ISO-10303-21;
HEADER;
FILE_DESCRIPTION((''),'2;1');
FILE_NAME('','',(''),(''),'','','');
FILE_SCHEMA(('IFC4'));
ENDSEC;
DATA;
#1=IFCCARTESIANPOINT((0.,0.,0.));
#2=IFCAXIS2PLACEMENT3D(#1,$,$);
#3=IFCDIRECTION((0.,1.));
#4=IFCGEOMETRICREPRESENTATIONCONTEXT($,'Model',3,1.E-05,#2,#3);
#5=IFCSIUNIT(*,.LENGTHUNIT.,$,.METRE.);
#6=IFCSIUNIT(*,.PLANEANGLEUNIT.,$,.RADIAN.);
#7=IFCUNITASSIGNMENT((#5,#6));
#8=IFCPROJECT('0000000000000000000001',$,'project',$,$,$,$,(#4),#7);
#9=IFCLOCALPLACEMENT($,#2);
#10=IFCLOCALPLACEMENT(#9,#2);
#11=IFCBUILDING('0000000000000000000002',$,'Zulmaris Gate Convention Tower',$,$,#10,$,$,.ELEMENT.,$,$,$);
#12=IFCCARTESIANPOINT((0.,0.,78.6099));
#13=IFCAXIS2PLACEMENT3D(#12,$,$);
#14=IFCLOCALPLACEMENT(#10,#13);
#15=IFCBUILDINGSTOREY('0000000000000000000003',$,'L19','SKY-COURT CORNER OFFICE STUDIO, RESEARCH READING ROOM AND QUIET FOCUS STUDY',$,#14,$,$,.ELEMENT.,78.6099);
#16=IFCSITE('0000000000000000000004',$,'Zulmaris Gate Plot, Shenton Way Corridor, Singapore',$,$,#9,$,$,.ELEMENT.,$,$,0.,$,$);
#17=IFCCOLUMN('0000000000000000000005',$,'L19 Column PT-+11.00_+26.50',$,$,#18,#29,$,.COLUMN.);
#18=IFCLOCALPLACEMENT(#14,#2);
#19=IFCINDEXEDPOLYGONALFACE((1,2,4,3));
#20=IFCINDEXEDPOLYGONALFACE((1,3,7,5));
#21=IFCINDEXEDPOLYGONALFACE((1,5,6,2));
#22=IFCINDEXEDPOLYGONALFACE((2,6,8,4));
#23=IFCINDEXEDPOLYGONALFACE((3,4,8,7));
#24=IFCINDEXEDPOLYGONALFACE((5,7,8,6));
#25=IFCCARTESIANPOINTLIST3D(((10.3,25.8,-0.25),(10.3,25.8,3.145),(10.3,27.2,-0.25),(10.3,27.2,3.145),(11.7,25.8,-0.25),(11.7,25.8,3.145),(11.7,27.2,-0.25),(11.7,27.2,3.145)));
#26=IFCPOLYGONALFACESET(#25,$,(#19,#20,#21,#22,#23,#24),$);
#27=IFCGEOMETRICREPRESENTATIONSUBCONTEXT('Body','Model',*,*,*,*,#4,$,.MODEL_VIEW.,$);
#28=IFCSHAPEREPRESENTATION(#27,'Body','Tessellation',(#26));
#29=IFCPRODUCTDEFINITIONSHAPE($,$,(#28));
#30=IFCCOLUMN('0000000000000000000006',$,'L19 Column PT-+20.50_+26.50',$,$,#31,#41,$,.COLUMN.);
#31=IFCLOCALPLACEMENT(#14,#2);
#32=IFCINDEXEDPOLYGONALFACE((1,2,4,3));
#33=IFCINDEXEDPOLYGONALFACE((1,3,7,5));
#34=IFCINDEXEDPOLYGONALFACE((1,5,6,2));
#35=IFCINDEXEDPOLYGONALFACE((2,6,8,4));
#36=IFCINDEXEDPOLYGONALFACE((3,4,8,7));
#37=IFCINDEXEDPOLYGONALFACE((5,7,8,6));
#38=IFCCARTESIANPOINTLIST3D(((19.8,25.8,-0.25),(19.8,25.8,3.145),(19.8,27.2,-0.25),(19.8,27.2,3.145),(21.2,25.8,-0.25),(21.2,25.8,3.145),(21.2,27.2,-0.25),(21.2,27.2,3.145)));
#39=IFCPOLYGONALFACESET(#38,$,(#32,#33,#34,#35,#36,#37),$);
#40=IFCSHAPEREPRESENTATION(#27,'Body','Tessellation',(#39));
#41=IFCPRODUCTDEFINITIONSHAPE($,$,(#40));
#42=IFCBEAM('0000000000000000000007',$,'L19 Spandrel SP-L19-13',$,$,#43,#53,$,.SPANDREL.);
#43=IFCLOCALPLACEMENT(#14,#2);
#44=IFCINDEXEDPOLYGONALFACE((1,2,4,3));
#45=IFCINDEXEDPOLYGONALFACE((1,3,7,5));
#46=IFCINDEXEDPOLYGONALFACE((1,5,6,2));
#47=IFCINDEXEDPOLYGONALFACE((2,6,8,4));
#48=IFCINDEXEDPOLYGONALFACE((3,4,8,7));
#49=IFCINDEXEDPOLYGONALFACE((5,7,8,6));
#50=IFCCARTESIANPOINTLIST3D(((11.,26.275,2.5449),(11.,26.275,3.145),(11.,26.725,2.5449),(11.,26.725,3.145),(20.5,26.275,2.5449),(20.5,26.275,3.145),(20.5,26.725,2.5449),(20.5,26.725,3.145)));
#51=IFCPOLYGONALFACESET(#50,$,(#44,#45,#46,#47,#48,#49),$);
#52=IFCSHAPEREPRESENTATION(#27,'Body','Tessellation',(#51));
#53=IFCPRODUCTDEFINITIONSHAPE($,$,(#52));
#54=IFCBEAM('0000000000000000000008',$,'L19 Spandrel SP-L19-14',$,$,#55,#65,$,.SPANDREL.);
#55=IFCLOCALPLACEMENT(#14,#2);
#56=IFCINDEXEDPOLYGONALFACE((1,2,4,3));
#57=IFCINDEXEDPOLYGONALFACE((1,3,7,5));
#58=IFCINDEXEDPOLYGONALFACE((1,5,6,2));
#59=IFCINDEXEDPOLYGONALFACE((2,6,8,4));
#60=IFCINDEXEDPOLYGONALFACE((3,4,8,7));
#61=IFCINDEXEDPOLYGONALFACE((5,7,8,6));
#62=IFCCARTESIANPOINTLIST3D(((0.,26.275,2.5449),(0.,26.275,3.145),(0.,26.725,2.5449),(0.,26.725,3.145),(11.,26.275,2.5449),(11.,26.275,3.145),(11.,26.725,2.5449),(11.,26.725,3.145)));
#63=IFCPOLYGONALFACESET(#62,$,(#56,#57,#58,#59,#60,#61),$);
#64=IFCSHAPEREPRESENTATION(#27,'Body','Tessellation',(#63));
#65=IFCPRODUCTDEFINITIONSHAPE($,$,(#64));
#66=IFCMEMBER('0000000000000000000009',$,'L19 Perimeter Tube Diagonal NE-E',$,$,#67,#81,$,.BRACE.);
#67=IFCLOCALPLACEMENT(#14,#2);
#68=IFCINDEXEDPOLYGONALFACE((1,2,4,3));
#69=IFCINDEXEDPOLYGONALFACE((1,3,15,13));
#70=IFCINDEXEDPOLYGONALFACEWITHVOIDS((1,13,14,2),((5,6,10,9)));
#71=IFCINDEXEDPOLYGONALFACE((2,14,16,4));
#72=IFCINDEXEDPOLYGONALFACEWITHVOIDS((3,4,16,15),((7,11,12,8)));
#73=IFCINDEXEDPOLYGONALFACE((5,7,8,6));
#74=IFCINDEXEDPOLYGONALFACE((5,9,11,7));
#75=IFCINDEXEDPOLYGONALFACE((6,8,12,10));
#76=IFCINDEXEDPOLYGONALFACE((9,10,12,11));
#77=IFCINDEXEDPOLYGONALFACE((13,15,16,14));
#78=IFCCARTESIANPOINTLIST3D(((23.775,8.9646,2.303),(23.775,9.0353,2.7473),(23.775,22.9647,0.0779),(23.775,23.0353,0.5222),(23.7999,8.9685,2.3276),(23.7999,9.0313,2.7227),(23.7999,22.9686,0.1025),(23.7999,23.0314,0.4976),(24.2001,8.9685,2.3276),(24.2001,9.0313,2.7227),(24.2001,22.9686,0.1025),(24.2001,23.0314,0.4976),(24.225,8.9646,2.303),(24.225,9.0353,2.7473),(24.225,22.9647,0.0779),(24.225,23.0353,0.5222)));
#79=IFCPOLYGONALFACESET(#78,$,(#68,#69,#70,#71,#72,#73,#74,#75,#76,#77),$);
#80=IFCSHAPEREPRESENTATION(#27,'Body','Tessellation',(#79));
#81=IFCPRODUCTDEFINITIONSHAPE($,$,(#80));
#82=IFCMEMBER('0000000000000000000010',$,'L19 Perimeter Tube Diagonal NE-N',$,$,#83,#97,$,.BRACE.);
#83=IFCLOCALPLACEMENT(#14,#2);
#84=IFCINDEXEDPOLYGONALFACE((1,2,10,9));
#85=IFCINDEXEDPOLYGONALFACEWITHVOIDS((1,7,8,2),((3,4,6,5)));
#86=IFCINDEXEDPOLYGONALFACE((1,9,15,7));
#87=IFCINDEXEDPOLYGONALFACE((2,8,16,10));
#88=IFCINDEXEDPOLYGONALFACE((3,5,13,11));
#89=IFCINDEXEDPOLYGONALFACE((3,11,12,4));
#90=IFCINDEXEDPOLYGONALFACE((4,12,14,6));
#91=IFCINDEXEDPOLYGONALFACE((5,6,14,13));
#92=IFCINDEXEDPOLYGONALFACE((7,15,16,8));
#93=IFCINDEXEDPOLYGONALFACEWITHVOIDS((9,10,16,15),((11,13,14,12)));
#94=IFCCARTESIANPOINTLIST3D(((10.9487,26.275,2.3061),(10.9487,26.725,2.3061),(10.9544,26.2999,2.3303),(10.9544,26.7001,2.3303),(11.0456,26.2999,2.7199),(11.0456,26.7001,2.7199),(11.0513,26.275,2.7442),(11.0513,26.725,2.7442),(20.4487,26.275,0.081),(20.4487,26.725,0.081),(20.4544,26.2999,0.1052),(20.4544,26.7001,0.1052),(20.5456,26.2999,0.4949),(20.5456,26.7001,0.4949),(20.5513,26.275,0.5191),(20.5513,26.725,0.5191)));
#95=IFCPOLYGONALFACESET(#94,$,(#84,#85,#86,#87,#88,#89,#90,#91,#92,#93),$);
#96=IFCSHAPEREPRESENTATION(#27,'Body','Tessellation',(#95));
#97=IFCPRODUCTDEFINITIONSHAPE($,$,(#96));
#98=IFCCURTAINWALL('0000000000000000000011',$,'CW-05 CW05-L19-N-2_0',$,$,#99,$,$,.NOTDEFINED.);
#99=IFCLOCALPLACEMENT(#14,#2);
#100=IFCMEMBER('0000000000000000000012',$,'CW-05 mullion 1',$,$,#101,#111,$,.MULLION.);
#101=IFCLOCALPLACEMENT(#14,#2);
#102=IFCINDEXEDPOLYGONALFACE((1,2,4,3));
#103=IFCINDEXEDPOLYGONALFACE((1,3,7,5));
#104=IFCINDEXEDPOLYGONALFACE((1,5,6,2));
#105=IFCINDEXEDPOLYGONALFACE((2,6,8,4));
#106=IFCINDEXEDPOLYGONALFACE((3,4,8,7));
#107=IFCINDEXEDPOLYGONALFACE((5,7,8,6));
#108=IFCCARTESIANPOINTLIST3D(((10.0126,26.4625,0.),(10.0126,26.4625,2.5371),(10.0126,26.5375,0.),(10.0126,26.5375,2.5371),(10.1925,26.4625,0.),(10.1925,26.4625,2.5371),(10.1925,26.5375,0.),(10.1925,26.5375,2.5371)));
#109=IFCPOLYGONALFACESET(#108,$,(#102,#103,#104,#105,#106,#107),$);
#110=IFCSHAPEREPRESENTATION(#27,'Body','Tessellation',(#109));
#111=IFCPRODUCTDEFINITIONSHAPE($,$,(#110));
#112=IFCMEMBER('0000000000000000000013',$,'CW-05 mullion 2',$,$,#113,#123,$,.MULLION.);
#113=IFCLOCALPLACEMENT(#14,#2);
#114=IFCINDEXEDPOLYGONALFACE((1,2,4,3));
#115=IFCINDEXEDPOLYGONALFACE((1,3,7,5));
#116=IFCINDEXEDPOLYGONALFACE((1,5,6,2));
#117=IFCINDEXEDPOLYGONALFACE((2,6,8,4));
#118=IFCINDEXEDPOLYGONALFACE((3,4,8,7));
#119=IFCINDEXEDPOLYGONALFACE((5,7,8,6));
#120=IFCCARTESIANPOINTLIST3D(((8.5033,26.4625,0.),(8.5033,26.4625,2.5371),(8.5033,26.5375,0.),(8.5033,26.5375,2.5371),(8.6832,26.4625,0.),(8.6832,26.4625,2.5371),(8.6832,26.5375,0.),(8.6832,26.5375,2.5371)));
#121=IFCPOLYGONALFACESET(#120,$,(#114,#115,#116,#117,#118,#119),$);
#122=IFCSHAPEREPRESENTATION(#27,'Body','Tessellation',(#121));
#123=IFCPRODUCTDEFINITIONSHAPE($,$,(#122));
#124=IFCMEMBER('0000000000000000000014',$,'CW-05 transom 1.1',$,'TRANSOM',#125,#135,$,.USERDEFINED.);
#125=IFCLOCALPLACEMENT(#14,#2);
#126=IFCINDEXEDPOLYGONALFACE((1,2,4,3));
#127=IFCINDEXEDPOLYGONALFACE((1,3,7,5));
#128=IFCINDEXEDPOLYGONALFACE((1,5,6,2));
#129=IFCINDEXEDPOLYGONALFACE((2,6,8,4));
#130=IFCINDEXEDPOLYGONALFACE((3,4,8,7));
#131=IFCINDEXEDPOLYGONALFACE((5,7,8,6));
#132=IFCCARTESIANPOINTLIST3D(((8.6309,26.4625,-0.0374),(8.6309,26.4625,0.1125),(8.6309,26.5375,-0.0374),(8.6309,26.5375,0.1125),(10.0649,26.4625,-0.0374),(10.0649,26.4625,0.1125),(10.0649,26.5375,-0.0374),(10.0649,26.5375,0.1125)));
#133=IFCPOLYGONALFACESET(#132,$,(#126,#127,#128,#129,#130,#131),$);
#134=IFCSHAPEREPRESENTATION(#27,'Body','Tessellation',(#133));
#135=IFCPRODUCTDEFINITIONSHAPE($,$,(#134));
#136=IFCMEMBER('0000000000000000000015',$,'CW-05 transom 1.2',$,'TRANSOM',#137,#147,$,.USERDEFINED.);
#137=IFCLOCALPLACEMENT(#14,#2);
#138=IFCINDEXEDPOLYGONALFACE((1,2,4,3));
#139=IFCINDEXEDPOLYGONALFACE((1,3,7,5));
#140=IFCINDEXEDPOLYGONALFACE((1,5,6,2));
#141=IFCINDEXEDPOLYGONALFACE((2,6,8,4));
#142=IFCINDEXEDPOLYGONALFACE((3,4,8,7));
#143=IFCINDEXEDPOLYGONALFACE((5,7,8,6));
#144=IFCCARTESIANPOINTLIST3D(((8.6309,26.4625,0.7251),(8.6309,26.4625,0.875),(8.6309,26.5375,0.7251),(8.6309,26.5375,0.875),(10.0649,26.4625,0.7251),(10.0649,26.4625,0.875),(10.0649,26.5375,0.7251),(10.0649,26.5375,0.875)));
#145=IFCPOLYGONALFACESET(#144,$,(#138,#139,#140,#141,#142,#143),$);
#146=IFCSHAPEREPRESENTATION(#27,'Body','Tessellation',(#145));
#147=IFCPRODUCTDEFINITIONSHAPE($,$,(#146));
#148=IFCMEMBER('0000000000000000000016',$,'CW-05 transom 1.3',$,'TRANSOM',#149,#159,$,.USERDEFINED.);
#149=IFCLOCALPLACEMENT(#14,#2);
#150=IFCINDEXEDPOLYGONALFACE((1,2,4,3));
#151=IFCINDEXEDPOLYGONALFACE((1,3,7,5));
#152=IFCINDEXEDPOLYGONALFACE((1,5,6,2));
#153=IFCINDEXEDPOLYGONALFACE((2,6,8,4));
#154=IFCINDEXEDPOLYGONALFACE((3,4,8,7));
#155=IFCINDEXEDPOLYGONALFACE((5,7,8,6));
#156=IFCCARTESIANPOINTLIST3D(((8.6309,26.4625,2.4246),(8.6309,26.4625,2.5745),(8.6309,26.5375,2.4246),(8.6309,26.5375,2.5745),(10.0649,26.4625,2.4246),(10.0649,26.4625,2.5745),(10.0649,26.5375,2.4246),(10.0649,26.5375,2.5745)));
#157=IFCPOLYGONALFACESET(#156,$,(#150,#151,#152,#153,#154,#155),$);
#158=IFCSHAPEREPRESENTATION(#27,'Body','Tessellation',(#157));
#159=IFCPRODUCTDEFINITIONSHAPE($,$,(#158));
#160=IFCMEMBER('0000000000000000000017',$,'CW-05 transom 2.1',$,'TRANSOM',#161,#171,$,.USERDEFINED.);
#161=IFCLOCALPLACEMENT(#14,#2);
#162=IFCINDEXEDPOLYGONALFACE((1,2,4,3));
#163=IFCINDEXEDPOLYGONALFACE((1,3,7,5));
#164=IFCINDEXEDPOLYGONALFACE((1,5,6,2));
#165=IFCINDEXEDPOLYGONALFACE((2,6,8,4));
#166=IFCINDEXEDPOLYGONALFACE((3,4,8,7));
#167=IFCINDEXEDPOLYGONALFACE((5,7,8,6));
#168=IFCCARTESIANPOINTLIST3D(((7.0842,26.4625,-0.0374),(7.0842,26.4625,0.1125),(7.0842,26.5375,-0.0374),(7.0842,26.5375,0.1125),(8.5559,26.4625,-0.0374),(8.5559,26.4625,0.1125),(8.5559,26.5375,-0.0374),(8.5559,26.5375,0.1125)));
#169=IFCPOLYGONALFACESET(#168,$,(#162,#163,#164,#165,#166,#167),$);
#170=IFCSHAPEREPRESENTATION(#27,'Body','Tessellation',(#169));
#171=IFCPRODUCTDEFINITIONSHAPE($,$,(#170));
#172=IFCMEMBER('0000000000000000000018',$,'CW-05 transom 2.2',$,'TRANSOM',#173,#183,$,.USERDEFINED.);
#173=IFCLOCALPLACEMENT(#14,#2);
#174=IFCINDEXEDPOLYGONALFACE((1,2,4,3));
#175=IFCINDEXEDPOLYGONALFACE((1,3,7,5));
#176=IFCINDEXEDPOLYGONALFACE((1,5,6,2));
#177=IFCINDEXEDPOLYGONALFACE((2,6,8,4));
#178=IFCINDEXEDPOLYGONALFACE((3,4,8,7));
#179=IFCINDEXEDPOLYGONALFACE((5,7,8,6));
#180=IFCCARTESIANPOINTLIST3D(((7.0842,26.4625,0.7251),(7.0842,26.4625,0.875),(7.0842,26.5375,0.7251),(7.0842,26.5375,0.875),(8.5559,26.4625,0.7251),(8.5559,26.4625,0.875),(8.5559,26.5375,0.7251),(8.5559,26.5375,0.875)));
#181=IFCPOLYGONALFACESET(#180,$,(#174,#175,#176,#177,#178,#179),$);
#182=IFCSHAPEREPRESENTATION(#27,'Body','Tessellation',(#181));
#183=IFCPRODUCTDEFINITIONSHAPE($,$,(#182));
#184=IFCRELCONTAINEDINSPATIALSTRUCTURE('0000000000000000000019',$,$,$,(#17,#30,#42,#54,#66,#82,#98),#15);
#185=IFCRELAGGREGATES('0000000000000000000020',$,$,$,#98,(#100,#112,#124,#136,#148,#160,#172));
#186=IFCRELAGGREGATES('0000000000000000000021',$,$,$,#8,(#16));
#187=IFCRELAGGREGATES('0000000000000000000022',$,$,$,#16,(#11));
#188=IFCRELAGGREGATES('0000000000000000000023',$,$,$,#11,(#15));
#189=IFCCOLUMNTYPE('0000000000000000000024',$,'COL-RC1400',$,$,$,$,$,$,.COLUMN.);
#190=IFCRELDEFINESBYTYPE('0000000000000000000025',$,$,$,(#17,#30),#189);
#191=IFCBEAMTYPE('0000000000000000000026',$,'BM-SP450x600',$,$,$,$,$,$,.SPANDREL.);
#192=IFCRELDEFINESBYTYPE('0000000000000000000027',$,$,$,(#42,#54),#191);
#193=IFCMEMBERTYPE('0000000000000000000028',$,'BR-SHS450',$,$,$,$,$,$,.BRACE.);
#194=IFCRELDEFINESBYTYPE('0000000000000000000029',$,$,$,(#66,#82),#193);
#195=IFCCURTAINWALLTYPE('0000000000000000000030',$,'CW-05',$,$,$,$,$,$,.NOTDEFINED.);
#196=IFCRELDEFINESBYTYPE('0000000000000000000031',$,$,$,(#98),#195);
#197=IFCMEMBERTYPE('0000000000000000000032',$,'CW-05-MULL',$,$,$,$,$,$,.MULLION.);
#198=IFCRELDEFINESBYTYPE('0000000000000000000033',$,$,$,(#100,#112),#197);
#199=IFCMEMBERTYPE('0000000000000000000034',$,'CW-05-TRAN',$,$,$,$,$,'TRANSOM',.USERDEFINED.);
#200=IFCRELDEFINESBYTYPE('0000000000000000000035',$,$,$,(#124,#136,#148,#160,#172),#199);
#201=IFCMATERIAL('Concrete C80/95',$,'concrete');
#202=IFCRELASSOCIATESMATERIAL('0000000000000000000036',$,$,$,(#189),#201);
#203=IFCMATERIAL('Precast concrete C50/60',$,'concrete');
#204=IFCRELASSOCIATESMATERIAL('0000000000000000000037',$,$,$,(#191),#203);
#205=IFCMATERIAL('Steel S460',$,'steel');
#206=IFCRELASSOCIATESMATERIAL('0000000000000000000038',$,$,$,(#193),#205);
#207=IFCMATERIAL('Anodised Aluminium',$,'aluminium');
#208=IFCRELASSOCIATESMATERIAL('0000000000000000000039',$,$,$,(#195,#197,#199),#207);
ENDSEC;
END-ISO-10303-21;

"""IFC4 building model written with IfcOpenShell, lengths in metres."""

from ifc_helpers import new_model, si_unit, direction, frame, origin, origin_2d, place, context, subcontext, project, spatial, rectangle, hollow_rectangle, extrude, material, material_profile, profile_set, type_object, element, aggregate, save


model = new_model("IFC4")

# Units and contexts
model_context = context("Model", 3, precision=1e-05, world=origin(), true_north=direction((0.0, 1.0)))
body_context = subcontext(model_context, "Body", "Model", "MODEL_VIEW")
ifc_project = project(units=[si_unit("LENGTHUNIT", "METRE"), si_unit("PLANEANGLEUNIT", "RADIAN")], contexts=[model_context])

# Site, building, storey
site_placement = place(None, origin())
site = spatial("IfcSite", under=ifc_project, at=site_placement, Name="Zulmaris Gate Plot, Shenton Way Corridor, Singapore", CompositionType="ELEMENT", RefElevation=0.0)
building_placement = place(site_placement, origin())
building = spatial("IfcBuilding", under=site, at=building_placement, Name="Zulmaris Gate Convention Tower", CompositionType="ELEMENT")
storey_placement = place(building_placement, frame((0.0, 0.0, 78.6099)))
storey = spatial("IfcBuildingStorey", under=building, at=storey_placement, Name="L19", Description="SKY-COURT CORNER OFFICE STUDIO, RESEARCH READING ROOM AND QUIET FOCUS STUDY", CompositionType="ELEMENT", Elevation=78.6099)

# Columns
ifc_material_1 = material(Name="Concrete C80/95", Category="concrete")
ifc_material_profile_1 = material_profile(ifc_material_1, rectangle(XDim=1.3999, YDim=1.3999, at=origin_2d()), Name="RC COL 1400x1400")
ifc_profile_set_1 = profile_set([ifc_material_profile_1], Name="Concrete C80/95")
column_type = type_object("IfcColumnType", Name="COL-RC1400", PredefinedType="COLUMN", material=ifc_profile_set_1)
for number, where, z_axis, x_axis, name in (
    (1, (11.0, 26.5, -0.25), (0.0, 0.0, 1.0), (1.0, 0.0, 0.0), "L19 Column PT-+11.00_+26.50"),
    (2, (20.5, 26.5, -0.25), (0.0, 0.0, 1.0), (1.0, 0.0, 0.0), "L19 Column PT-+20.50_+26.50"),
):
    element("IfcColumn", number, at=place(storey_placement, frame(where, z_axis=z_axis, x_axis=x_axis)), inside=storey, type_object=column_type, Name=name, PredefinedType="COLUMN", context=body_context, shape_type="SweptSolid", body=[
        extrude(rectangle(XDim=1.3999, YDim=1.3999, at=origin_2d()), origin(), (0.0, 0.0, 1.0), 3.395),
    ])

# Beams
ifc_material_2 = material(Name="Precast concrete C50/60", Category="concrete")
ifc_material_profile_2 = material_profile(ifc_material_2, rectangle(XDim=0.45, YDim=0.6001, at=origin_2d()), Name="RC SPANDREL 450x600")
ifc_profile_set_2 = profile_set([ifc_material_profile_2], Name="Precast concrete C50/60")
beam_type = type_object("IfcBeamType", Name="BM-SP450x600", PredefinedType="SPANDREL", material=ifc_profile_set_2)
beam_1_placement = place(storey_placement, frame((20.5, 26.5, 2.845), z_axis=(-1.0, 0.0, 0.0), x_axis=(0.0, -1.0, 0.0)))
element("IfcBeam", 3, at=beam_1_placement, inside=storey, type_object=beam_type, Name="L19 Spandrel SP-L19-13", PredefinedType="SPANDREL", context=body_context, shape_type="SweptSolid", body=[
    extrude(rectangle(XDim=0.45, YDim=0.6001, at=origin_2d()), origin(), (0.0, 0.0, 1.0), 9.5),
])
beam_2_placement = place(storey_placement, frame((11.0, 26.5, 2.845), z_axis=(-1.0, 0.0, 0.0), x_axis=(0.0, -1.0, 0.0)))
element("IfcBeam", 4, at=beam_2_placement, inside=storey, type_object=beam_type, Name="L19 Spandrel SP-L19-14", PredefinedType="SPANDREL", context=body_context, shape_type="SweptSolid", body=[
    extrude(rectangle(XDim=0.45, YDim=0.6001, at=origin_2d()), origin(), (0.0, 0.0, 1.0), 11.0),
])

# Members
ifc_material_3 = material(Name="Steel S460", Category="steel")
ifc_material_profile_3 = material_profile(ifc_material_3, hollow_rectangle(XDim=0.45, YDim=0.45, WallThickness=0.0249, at=origin_2d()), Name="SHS 450x450x25")
ifc_profile_set_3 = profile_set([ifc_material_profile_3], Name="Steel S460")
member_type_1 = type_object("IfcMemberType", Name="BR-SHS450", PredefinedType="BRACE", material=ifc_profile_set_3)
member_1_placement = place(storey_placement, frame((24.0, 23.0, 0.3), z_axis=(0.0, -0.987604, 0.156965), x_axis=(1.0, 0.0, 0.0)))
element("IfcMember", 5, at=member_1_placement, inside=storey, type_object=member_type_1, Name="L19 Perimeter Tube Diagonal NE-E", PredefinedType="BRACE", context=body_context, shape_type="SweptSolid", body=[
    extrude(hollow_rectangle(XDim=0.45, YDim=0.45, WallThickness=0.0249, at=origin_2d()), origin(), (0.0, 0.0, 1.0), 14.1758),
])
member_2_placement = place(storey_placement, frame((20.5, 26.5, 0.3), z_axis=(-0.97365, 0.0, 0.228049), x_axis=(0.0, -1.0, 0.0)))
element("IfcMember", 6, at=member_2_placement, inside=storey, type_object=member_type_1, Name="L19 Perimeter Tube Diagonal NE-N", PredefinedType="BRACE", context=body_context, shape_type="SweptSolid", body=[
    extrude(hollow_rectangle(XDim=0.45, YDim=0.45, WallThickness=0.0249, at=origin_2d()), origin(), (0.0, 0.0, 1.0), 9.7571),
])

# Curtain wall, members
ifc_material_4 = material(Name="Anodised Aluminium", Category="aluminium")
curtain_wall_type = type_object("IfcCurtainWallType", Name="CW-05", PredefinedType="NOTDEFINED", material=ifc_material_4)
curtain_wall_placement = place(storey_placement, origin())
curtain_wall = element("IfcCurtainWall", 7, at=curtain_wall_placement, inside=storey, type_object=curtain_wall_type, Name="CW-05 CW05-L19-N-2_0", PredefinedType="NOTDEFINED")
ifc_material_profile_4 = material_profile(ifc_material_4, rectangle(XDim=0.075, YDim=0.1799, at=origin_2d()), Name="ALU MULLION 75x180")
ifc_profile_set_4 = profile_set([ifc_material_profile_4], Name="Anodised Aluminium")
member_type_2 = type_object("IfcMemberType", Name="CW-05-MULL", PredefinedType="MULLION", material=ifc_profile_set_4)
member_3_placement = place(storey_placement, frame((10.1025, 26.5, 0.0), z_axis=(0.0, 0.0, 1.0), x_axis=(0.0, -1.0, 0.0)))
member_3 = element("IfcMember", 8, at=member_3_placement, type_object=member_type_2, Name="CW-05 mullion 1", PredefinedType="MULLION", context=body_context, shape_type="SweptSolid", body=[
    extrude(rectangle(XDim=0.075, YDim=0.1799, at=origin_2d()), origin(), (0.0, 0.0, 1.0), 2.5371),
])
member_4_placement = place(storey_placement, frame((8.5933, 26.5, 0.0), z_axis=(0.0, 0.0, 1.0), x_axis=(0.0, -1.0, 0.0)))
member_4 = element("IfcMember", 9, at=member_4_placement, type_object=member_type_2, Name="CW-05 mullion 2", PredefinedType="MULLION", context=body_context, shape_type="SweptSolid", body=[
    extrude(rectangle(XDim=0.075, YDim=0.1799, at=origin_2d()), origin(), (0.0, 0.0, 1.0), 2.5371),
])
ifc_material_profile_5 = material_profile(ifc_material_4, rectangle(XDim=0.075, YDim=0.1499, at=origin_2d()), Name="ALU TRANSOM 75x150")
ifc_profile_set_5 = profile_set([ifc_material_profile_5], Name="Anodised Aluminium")
member_type_3 = type_object("IfcMemberType", Name="CW-05-TRAN", ElementType="TRANSOM", PredefinedType="USERDEFINED", material=ifc_profile_set_5)
member_5_placement = place(storey_placement, frame((10.0649, 26.5, 0.0376), z_axis=(-1.0, 0.0, 0.0), x_axis=(0.0, -1.0, 0.0)))
member_5 = element("IfcMember", 10, at=member_5_placement, type_object=member_type_3, Name="CW-05 transom 1.1", ObjectType="TRANSOM", PredefinedType="USERDEFINED", context=body_context, shape_type="SweptSolid", body=[
    extrude(rectangle(XDim=0.075, YDim=0.1499, at=origin_2d()), origin(), (0.0, 0.0, 1.0), 1.4341),
])
member_6_placement = place(storey_placement, frame((10.0649, 26.5, 0.8), z_axis=(-1.0, 0.0, 0.0), x_axis=(0.0, -1.0, 0.0)))
member_6 = element("IfcMember", 11, at=member_6_placement, type_object=member_type_3, Name="CW-05 transom 1.2", ObjectType="TRANSOM", PredefinedType="USERDEFINED", context=body_context, shape_type="SweptSolid", body=[
    extrude(rectangle(XDim=0.075, YDim=0.1499, at=origin_2d()), origin(), (0.0, 0.0, 1.0), 1.4341),
])
member_7_placement = place(storey_placement, frame((10.0649, 26.5, 2.4995), z_axis=(-1.0, 0.0, 0.0), x_axis=(0.0, -1.0, 0.0)))
member_7 = element("IfcMember", 12, at=member_7_placement, type_object=member_type_3, Name="CW-05 transom 1.3", ObjectType="TRANSOM", PredefinedType="USERDEFINED", context=body_context, shape_type="SweptSolid", body=[
    extrude(rectangle(XDim=0.075, YDim=0.1499, at=origin_2d()), origin(), (0.0, 0.0, 1.0), 1.4341),
])
member_8_placement = place(storey_placement, frame((8.5559, 26.5, 0.0376), z_axis=(-1.0, 0.0, 0.0), x_axis=(0.0, -1.0, 0.0)))
member_8 = element("IfcMember", 13, at=member_8_placement, type_object=member_type_3, Name="CW-05 transom 2.1", ObjectType="TRANSOM", PredefinedType="USERDEFINED", context=body_context, shape_type="SweptSolid", body=[
    extrude(rectangle(XDim=0.075, YDim=0.1499, at=origin_2d()), origin(), (0.0, 0.0, 1.0), 1.4717),
])
member_9_placement = place(storey_placement, frame((8.5559, 26.5, 0.8), z_axis=(-1.0, 0.0, 0.0), x_axis=(0.0, -1.0, 0.0)))
member_9 = element("IfcMember", 14, at=member_9_placement, type_object=member_type_3, Name="CW-05 transom 2.2", ObjectType="TRANSOM", PredefinedType="USERDEFINED", context=body_context, shape_type="SweptSolid", body=[
    extrude(rectangle(XDim=0.075, YDim=0.1499, at=origin_2d()), origin(), (0.0, 0.0, 1.0), 1.4717),
])
aggregate(curtain_wall, [member_3, member_4, member_5, member_6, member_7, member_8, member_9])

save(model, "model.ifc")
